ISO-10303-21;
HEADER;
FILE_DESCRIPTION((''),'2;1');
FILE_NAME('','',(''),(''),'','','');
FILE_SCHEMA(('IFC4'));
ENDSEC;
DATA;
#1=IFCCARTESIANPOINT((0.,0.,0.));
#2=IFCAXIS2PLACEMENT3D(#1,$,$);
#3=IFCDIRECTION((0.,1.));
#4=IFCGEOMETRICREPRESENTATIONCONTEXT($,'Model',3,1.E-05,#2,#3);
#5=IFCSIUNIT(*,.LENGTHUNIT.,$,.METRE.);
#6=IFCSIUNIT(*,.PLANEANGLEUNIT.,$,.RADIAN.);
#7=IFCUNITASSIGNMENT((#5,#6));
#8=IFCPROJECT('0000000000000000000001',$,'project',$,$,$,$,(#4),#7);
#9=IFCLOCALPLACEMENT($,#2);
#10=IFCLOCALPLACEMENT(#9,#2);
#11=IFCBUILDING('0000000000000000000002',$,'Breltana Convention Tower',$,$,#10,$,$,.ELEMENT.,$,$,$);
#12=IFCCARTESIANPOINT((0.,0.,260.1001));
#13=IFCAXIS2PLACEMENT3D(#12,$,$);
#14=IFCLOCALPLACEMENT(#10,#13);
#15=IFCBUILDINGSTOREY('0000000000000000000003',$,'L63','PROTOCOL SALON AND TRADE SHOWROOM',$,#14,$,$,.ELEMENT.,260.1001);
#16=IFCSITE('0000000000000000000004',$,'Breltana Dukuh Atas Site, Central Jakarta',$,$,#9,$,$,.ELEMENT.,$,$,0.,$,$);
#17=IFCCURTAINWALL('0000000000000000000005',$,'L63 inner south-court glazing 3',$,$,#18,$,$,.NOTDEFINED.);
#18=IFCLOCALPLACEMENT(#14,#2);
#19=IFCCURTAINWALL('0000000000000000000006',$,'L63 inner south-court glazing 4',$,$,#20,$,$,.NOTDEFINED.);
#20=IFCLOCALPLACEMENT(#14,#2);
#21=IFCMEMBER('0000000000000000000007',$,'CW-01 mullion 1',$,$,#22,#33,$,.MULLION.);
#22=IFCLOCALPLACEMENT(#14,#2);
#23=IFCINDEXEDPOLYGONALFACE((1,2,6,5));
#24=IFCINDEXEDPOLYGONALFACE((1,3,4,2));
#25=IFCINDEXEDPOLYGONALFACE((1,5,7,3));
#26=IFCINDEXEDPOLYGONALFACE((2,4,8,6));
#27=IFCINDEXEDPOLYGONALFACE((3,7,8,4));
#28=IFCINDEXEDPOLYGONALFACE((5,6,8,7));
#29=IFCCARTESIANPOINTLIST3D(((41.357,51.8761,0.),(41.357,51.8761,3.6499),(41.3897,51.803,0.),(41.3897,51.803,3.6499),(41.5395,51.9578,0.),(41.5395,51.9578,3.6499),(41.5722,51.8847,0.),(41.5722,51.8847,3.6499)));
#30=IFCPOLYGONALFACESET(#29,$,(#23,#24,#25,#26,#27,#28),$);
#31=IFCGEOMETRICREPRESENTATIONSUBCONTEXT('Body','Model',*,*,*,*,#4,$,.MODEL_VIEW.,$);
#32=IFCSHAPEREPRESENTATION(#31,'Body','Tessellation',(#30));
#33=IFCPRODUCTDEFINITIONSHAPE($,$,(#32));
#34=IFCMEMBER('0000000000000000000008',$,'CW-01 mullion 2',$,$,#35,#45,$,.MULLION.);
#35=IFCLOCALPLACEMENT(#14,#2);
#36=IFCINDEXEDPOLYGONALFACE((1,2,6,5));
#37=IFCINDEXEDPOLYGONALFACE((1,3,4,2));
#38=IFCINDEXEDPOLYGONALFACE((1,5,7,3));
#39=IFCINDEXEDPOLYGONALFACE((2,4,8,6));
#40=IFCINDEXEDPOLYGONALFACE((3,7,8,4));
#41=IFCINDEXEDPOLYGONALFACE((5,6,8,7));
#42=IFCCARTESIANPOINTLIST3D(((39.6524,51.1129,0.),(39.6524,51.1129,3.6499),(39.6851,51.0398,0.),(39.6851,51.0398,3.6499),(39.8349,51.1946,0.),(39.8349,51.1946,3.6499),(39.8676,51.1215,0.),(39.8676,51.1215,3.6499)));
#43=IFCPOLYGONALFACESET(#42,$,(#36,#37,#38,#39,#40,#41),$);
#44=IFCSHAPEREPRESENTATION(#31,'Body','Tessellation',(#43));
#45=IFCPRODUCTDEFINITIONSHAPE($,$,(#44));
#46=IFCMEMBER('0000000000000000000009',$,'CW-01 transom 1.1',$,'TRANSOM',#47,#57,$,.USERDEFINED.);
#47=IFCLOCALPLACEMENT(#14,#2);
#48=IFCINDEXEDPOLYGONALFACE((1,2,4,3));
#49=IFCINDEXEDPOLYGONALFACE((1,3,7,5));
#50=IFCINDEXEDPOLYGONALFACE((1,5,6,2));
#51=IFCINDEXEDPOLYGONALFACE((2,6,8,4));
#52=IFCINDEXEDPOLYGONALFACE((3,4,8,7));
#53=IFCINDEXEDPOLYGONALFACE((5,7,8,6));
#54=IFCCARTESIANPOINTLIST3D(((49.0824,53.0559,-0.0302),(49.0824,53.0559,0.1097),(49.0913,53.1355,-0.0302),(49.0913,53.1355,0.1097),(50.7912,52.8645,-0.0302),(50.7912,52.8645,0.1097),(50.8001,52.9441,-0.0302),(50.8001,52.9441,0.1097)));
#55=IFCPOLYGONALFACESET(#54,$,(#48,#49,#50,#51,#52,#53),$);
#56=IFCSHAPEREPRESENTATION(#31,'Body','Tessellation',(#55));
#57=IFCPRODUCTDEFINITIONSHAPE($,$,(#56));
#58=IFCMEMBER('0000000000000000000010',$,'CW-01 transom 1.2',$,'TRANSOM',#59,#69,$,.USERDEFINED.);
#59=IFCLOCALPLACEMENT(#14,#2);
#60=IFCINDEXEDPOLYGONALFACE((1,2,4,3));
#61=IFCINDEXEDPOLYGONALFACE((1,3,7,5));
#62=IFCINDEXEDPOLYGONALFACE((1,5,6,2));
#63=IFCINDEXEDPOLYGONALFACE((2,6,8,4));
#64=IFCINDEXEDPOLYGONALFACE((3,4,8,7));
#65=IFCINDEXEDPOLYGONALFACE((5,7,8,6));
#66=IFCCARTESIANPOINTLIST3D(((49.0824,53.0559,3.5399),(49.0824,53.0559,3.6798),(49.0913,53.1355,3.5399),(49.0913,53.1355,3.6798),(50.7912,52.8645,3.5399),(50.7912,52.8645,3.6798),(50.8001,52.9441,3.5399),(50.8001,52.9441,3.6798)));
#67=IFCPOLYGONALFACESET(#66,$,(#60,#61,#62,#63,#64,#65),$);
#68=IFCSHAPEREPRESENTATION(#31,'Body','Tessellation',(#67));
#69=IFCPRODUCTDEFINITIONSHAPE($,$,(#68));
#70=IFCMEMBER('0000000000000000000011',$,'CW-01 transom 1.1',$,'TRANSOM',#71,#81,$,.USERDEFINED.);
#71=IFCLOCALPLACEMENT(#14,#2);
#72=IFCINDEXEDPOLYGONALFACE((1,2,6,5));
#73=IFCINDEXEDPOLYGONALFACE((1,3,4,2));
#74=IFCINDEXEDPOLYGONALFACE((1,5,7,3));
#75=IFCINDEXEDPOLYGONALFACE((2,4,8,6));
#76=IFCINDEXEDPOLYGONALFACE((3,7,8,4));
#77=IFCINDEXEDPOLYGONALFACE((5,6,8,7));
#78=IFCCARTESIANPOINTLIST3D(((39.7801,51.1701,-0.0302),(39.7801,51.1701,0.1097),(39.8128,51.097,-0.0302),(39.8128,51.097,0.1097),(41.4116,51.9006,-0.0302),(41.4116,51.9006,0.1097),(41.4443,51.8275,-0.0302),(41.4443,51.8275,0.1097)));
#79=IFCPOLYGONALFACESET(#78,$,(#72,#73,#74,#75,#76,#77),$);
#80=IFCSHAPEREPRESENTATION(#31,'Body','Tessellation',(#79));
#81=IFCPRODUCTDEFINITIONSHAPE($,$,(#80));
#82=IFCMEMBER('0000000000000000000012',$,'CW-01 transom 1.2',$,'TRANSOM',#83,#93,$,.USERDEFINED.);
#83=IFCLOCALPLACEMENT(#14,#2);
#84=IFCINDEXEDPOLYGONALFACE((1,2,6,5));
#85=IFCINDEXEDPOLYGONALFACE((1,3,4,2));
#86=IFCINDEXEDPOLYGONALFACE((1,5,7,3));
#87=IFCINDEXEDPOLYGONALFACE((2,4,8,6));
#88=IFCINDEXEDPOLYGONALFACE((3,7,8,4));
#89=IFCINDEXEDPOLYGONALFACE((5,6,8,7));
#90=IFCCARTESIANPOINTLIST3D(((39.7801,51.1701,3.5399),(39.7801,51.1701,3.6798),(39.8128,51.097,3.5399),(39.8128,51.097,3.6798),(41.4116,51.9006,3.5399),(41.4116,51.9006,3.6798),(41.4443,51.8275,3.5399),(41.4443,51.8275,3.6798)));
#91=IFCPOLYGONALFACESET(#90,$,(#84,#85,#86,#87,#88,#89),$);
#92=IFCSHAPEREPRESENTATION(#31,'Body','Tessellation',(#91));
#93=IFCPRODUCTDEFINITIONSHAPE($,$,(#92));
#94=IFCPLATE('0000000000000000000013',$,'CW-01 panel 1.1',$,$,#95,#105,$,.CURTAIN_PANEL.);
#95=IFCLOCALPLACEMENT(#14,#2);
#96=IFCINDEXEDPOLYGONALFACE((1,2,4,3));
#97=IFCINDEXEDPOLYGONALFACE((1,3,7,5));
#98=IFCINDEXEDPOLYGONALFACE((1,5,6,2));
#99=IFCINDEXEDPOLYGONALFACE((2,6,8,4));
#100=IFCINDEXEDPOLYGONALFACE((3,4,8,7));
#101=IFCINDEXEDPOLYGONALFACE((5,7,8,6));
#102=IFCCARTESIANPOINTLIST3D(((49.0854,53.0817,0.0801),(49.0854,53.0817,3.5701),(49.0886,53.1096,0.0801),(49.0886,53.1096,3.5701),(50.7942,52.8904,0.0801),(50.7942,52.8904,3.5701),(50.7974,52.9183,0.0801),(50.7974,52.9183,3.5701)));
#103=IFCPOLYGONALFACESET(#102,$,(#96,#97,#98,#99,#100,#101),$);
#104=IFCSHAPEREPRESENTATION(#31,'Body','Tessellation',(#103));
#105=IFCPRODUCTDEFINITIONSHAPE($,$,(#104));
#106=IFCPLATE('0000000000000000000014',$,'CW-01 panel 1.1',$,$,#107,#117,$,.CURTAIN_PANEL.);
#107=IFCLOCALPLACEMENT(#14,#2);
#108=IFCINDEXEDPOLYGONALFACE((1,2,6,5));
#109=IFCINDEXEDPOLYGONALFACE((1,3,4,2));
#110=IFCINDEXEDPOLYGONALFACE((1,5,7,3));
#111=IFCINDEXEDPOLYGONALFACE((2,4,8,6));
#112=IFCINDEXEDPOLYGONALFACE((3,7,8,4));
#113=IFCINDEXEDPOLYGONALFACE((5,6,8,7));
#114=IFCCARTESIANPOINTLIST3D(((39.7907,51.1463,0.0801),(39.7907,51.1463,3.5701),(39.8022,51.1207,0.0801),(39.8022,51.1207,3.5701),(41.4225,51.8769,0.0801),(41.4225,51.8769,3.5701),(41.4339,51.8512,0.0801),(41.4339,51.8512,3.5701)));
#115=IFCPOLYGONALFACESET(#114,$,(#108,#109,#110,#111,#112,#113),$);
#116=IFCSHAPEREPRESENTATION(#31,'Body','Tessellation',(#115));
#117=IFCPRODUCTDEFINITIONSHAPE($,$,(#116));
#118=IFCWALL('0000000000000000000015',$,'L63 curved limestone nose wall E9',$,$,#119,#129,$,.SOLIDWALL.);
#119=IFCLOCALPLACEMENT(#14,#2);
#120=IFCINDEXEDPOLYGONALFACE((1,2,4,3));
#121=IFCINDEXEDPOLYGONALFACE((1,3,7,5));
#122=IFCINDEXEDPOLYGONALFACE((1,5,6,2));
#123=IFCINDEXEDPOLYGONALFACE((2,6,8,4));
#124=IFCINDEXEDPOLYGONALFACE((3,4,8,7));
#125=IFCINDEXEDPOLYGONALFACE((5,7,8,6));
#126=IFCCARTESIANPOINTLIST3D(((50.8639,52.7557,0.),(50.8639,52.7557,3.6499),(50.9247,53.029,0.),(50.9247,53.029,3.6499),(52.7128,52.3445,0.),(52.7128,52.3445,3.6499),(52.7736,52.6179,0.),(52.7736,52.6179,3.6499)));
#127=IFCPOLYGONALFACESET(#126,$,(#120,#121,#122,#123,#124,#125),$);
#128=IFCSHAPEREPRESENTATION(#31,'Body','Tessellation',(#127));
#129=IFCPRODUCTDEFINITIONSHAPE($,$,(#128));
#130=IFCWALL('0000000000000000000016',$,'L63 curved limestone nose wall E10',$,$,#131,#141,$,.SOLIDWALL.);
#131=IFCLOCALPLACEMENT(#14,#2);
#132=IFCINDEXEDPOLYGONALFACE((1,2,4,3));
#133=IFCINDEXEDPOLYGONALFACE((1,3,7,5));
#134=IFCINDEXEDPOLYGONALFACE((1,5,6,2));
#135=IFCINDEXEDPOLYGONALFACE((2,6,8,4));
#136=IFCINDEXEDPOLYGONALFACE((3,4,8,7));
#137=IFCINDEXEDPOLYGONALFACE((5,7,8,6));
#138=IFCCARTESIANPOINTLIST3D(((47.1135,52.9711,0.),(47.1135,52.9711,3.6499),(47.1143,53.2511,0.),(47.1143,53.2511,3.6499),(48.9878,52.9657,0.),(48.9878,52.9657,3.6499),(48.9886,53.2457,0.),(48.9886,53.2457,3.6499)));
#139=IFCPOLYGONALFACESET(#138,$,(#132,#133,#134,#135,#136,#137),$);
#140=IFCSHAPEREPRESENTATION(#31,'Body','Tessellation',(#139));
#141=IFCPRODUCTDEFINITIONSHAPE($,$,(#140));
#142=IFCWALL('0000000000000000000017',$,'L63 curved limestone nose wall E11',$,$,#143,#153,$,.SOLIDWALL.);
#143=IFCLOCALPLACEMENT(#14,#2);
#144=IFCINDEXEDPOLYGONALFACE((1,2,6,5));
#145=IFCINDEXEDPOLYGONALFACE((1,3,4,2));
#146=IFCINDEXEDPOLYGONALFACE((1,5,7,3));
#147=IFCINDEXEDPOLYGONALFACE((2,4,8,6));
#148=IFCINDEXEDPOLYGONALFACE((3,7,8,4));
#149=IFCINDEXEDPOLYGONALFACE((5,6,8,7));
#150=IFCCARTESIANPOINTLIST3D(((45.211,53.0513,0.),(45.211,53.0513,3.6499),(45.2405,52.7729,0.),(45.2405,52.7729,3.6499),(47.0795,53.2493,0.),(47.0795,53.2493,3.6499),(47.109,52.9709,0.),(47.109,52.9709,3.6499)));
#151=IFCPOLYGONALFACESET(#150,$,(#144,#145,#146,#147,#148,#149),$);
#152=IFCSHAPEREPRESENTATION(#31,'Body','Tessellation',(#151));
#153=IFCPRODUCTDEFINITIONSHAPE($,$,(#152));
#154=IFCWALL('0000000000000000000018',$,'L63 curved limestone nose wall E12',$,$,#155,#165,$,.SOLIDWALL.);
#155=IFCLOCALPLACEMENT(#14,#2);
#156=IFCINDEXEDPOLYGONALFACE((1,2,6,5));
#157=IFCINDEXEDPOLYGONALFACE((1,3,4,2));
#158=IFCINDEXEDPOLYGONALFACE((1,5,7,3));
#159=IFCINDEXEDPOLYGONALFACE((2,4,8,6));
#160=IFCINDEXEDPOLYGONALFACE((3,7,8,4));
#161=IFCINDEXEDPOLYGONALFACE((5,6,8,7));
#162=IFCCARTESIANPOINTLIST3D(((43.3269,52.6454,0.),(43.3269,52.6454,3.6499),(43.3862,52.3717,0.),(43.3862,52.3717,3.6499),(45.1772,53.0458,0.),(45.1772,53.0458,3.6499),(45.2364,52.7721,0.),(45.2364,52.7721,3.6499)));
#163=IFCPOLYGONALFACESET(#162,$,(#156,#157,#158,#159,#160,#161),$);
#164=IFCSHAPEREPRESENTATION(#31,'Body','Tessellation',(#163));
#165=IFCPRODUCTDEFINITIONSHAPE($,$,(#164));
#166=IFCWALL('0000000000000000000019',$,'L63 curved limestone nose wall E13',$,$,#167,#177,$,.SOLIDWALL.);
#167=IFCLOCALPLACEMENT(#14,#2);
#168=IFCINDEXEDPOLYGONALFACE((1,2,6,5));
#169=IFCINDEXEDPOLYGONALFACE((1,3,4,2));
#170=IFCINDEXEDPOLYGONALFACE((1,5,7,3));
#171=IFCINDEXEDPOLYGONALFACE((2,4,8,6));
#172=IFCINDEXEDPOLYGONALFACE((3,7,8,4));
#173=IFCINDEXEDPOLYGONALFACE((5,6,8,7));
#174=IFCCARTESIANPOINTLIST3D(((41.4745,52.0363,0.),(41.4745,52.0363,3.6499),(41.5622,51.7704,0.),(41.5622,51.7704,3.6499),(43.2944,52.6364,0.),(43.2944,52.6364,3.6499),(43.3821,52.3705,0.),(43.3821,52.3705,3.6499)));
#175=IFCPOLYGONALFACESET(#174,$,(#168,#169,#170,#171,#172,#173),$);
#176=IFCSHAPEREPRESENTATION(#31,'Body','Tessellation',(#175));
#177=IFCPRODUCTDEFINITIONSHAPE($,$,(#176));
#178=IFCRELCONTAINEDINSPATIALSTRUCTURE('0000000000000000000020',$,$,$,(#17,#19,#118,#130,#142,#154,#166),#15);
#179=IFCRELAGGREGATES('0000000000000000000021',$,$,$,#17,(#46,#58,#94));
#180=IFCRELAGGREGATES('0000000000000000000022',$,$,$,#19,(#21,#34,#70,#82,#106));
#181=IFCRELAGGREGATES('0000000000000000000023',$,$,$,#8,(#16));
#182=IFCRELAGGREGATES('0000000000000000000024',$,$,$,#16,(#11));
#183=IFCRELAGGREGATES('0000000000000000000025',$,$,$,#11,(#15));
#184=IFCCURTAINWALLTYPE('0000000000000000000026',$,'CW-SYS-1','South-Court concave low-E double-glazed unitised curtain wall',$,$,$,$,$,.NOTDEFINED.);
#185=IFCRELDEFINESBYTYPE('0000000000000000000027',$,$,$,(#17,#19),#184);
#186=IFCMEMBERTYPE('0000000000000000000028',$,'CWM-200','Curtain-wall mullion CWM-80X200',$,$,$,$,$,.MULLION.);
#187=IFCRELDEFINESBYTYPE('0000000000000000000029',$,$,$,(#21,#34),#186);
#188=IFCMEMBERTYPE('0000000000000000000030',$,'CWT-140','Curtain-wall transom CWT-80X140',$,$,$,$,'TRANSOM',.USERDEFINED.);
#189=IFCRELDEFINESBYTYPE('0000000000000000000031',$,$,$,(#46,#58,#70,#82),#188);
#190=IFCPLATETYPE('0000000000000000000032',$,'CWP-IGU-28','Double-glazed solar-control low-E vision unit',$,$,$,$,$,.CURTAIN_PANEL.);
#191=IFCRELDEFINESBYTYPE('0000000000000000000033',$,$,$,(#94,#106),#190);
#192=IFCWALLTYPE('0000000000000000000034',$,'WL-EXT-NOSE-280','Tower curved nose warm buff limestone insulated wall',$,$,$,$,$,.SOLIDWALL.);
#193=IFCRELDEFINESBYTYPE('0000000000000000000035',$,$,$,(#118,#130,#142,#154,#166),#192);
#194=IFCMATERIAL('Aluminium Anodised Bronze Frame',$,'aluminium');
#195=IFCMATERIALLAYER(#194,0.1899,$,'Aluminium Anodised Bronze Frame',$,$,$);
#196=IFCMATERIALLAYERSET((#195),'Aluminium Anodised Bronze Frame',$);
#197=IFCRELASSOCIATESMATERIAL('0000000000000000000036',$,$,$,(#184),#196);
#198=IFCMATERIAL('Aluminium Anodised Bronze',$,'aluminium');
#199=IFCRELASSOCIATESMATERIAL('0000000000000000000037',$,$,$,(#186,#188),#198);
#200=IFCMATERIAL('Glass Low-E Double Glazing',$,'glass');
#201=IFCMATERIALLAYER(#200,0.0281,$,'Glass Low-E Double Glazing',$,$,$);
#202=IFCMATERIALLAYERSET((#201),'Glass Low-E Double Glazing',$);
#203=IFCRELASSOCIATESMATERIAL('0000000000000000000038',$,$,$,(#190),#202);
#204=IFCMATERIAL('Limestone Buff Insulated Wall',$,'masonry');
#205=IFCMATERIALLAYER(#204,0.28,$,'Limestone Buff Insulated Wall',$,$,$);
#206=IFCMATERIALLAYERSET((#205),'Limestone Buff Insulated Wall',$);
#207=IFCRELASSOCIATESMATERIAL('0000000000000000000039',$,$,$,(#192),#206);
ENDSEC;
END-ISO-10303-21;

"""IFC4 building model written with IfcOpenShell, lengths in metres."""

from ifc_helpers import new_model, si_unit, direction, frame, frame_2d, origin, origin_2d, place, context, subcontext, project, spatial, rectangle, extrude, source, transform, mapped, material, layer, layer_set, material_profile, profile_set, type_object, element, aggregate, save


model = new_model("IFC4")

# Units and contexts
model_context = context("Model", 3, precision=1e-05, world=origin(), true_north=direction((0.0, 1.0)))
body_context = subcontext(model_context, "Body", "Model", "MODEL_VIEW")
ifc_project = project(units=[si_unit("LENGTHUNIT", "METRE"), si_unit("PLANEANGLEUNIT", "RADIAN")], contexts=[model_context])

# Site, building, storey
site_placement = place(None, origin())
site = spatial("IfcSite", under=ifc_project, at=site_placement, Name="Breltana Dukuh Atas Site, Central Jakarta", CompositionType="ELEMENT", RefElevation=0.0)
building_placement = place(site_placement, origin())
building = spatial("IfcBuilding", under=site, at=building_placement, Name="Breltana Convention Tower", CompositionType="ELEMENT")
storey_placement = place(building_placement, frame((0.0, 0.0, 260.1001)))
storey = spatial("IfcBuildingStorey", under=building, at=storey_placement, Name="L63", Description="PROTOCOL SALON AND TRADE SHOWROOM", CompositionType="ELEMENT", Elevation=260.1001)

# Curtain walls, members
ifc_material_1 = material(Name="Aluminium Anodised Bronze Frame", Category="aluminium")
ifc_layer_1 = layer(ifc_material_1, 0.1899, Name="Aluminium Anodised Bronze Frame")
ifc_layer_set_1 = layer_set([ifc_layer_1], Name="Aluminium Anodised Bronze Frame")
curtain_wall_type = type_object("IfcCurtainWallType", Name="CW-SYS-1", Description="South-Court concave low-E double-glazed unitised curtain wall", PredefinedType="NOTDEFINED", material=ifc_layer_set_1)
curtain_wall_1_placement = place(storey_placement, origin())
curtain_wall_1 = element("IfcCurtainWall", 1, at=curtain_wall_1_placement, inside=storey, type_object=curtain_wall_type, Name="L63 inner south-court glazing 3", PredefinedType="NOTDEFINED")
ifc_material_2 = material(Name="Aluminium Anodised Bronze", Category="aluminium")
ifc_material_profile_1 = material_profile(ifc_material_2, rectangle(XDim=0.0801, YDim=0.2, at=origin_2d()), Name="CWM-80X200")
ifc_profile_set_1 = profile_set([ifc_material_profile_1], Name="Aluminium Anodised Bronze")
member_type_1 = type_object("IfcMemberType", Name="CWM-200", Description="Curtain-wall mullion CWM-80X200", PredefinedType="MULLION", material=ifc_profile_set_1)
shared_shape_1 = source(origin(), body_context, "Body", "SweptSolid", [
    extrude(rectangle(XDim=0.0801, YDim=0.2, at=origin_2d()), origin(), (0.0, 0.0, 1.0), 3.6499),
])
curtain_wall_2_placement = place(storey_placement, origin())
curtain_wall_2 = element("IfcCurtainWall", 2, at=curtain_wall_2_placement, inside=storey, type_object=curtain_wall_type, Name="L63 inner south-court glazing 4", PredefinedType="NOTDEFINED")
member_1_placement = place(storey_placement, frame((41.4646, 51.8804, 0.0), z_axis=(0.0, 0.0, 1.0), x_axis=(0.408628, -0.912701, 0.0)))
member_1 = element("IfcMember", 3, at=member_1_placement, type_object=member_type_1, Name="CW-01 mullion 1", PredefinedType="MULLION", context=body_context, shape_type="MappedRepresentation", body=[
    mapped(shared_shape_1, transform((0.0, 0.0, 0.0), scale=1.0)),
])
member_2_placement = place(storey_placement, frame((39.76, 51.1172, 0.0), z_axis=(0.0, 0.0, 1.0), x_axis=(0.408628, -0.912701, 0.0)))
member_2 = element("IfcMember", 4, at=member_2_placement, type_object=member_type_1, Name="CW-01 mullion 2", PredefinedType="MULLION", context=body_context, shape_type="MappedRepresentation", body=[
    mapped(shared_shape_1, transform((0.0, 0.0, 0.0), scale=1.0)),
])

# Members
ifc_material_profile_2 = material_profile(ifc_material_2, rectangle(XDim=0.0801, YDim=0.1399, at=origin_2d()), Name="CWT-80X140")
ifc_profile_set_2 = profile_set([ifc_material_profile_2], Name="Aluminium Anodised Bronze")
member_type_2 = type_object("IfcMemberType", Name="CWT-140", Description="Curtain-wall transom CWT-80X140", ElementType="TRANSOM", PredefinedType="USERDEFINED", material=ifc_profile_set_2)
shared_shape_2 = source(origin(), body_context, "Body", "SweptSolid", [
    extrude(rectangle(XDim=0.0801, YDim=0.1399, at=origin_2d()), origin(), (0.0, 0.0, 1.0), 1.7195),
])
member_3_placement = place(storey_placement, frame((50.7957, 52.9043, 0.0398), z_axis=(-0.993785, 0.11132, 0.0), x_axis=(-0.11132, -0.993785, 0.0)))
member_3 = element("IfcMember", 5, at=member_3_placement, type_object=member_type_2, Name="CW-01 transom 1.1", ObjectType="TRANSOM", PredefinedType="USERDEFINED", context=body_context, shape_type="MappedRepresentation", body=[
    mapped(shared_shape_2, transform((0.0, 0.0, 0.0), scale=1.0)),
])
member_4_placement = place(storey_placement, frame((50.7957, 52.9043, 3.6099), z_axis=(-0.993785, 0.11132, 0.0), x_axis=(-0.11132, -0.993785, 0.0)))
member_4 = element("IfcMember", 6, at=member_4_placement, type_object=member_type_2, Name="CW-01 transom 1.2", ObjectType="TRANSOM", PredefinedType="USERDEFINED", context=body_context, shape_type="MappedRepresentation", body=[
    mapped(shared_shape_2, transform((0.0, 0.0, 0.0), scale=1.0)),
])
shared_shape_3 = source(origin(), body_context, "Body", "SweptSolid", [
    extrude(rectangle(XDim=0.0801, YDim=0.1399, at=origin_2d()), origin(), (0.0, 0.0, 1.0), 1.7876),
])
member_5_placement = place(storey_placement, frame((41.428, 51.864, 0.0398), z_axis=(-0.912704, -0.408621, 0.0), x_axis=(0.408621, -0.912704, 0.0)))
member_5 = element("IfcMember", 7, at=member_5_placement, type_object=member_type_2, Name="CW-01 transom 1.1", ObjectType="TRANSOM", PredefinedType="USERDEFINED", context=body_context, shape_type="MappedRepresentation", body=[
    mapped(shared_shape_3, transform((0.0, 0.0, 0.0), scale=1.0)),
])
member_6_placement = place(storey_placement, frame((41.428, 51.864, 3.6099), z_axis=(-0.912704, -0.408621, 0.0), x_axis=(0.408621, -0.912704, 0.0)))
member_6 = element("IfcMember", 8, at=member_6_placement, type_object=member_type_2, Name="CW-01 transom 1.2", ObjectType="TRANSOM", PredefinedType="USERDEFINED", context=body_context, shape_type="MappedRepresentation", body=[
    mapped(shared_shape_3, transform((0.0, 0.0, 0.0), scale=1.0)),
])

# Plates
ifc_material_3 = material(Name="Glass Low-E Double Glazing", Category="glass")
ifc_layer_2 = layer(ifc_material_3, 0.0281, Name="Glass Low-E Double Glazing")
ifc_layer_set_2 = layer_set([ifc_layer_2], Name="Glass Low-E Double Glazing")
plate_type = type_object("IfcPlateType", Name="CWP-IGU-28", Description="Double-glazed solar-control low-E vision unit", PredefinedType="CURTAIN_PANEL", material=ifc_layer_set_2)
shared_shape_4 = source(origin(), body_context, "Body", "SweptSolid", [
    extrude(rectangle(XDim=1.7195, YDim=0.0281, at=origin_2d()), origin(), (0.0, 0.0, 1.0), 3.49),
])
plate_1_placement = place(storey_placement, frame((49.9414, 53.0, 0.0801), z_axis=(0.0, 0.0, 1.0), x_axis=(-0.993791, 0.111261, 0.0)))
plate_1 = element("IfcPlate", 9, at=plate_1_placement, type_object=plate_type, Name="CW-01 panel 1.1", PredefinedType="CURTAIN_PANEL", context=body_context, shape_type="MappedRepresentation", body=[
    mapped(shared_shape_4, transform((0.0, 0.0, 0.0), scale=1.0)),
])
aggregate(curtain_wall_1, [member_3, member_4, plate_1])
shared_shape_5 = source(origin(), body_context, "Body", "SweptSolid", [
    extrude(rectangle(XDim=1.7878, YDim=0.0281, at=origin_2d()), origin(), (0.0, 0.0, 1.0), 3.49),
])
plate_2_placement = place(storey_placement, frame((40.6123, 51.4988, 0.0801), z_axis=(0.0, 0.0, 1.0), x_axis=(-0.912701, -0.408628, 0.0)))
plate_2 = element("IfcPlate", 10, at=plate_2_placement, type_object=plate_type, Name="CW-01 panel 1.1", PredefinedType="CURTAIN_PANEL", context=body_context, shape_type="MappedRepresentation", body=[
    mapped(shared_shape_5, transform((0.0, 0.0, 0.0), scale=1.0)),
])
aggregate(curtain_wall_2, [member_1, member_2, member_5, member_6, plate_2])

# Walls
ifc_material_4 = material(Name="Limestone Buff Insulated Wall", Category="masonry")
ifc_layer_3 = layer(ifc_material_4, 0.28, Name="Limestone Buff Insulated Wall")
ifc_layer_set_3 = layer_set([ifc_layer_3], Name="Limestone Buff Insulated Wall")
wall_type_1 = type_object("IfcWallType", Name="WL-EXT-NOSE-280", Description="Tower curved nose warm buff limestone insulated wall", PredefinedType="SOLIDWALL", material=ifc_layer_set_3)
shared_shape_6 = source(origin(), body_context, "Body", "SweptSolid", [
    extrude(rectangle(XDim=1.894, YDim=0.28, at=frame_2d((0.947, 0.0))), origin(), (0.0, 0.0, 1.0), 3.6499),
])
wall_1_placement = place(storey_placement, frame((52.7432, 52.4812, 0.0), z_axis=(0.0, 0.0, 1.0), x_axis=(-0.976157, 0.217067, 0.0)))
element("IfcWall", 11, at=wall_1_placement, inside=storey, type_object=wall_type_1, Name="L63 curved limestone nose wall E9", PredefinedType="SOLIDWALL", context=body_context, shape_type="MappedRepresentation", body=[
    mapped(shared_shape_6, transform((0.0, 0.0, 0.0), scale=1.0)),
])
shared_shape_7 = source(origin(), body_context, "Body", "SweptSolid", [
    extrude(rectangle(XDim=1.8743, YDim=0.28, at=frame_2d((0.937, 0.0))), origin(), (0.0, 0.0, 1.0), 3.6499),
])
wall_2_placement = place(storey_placement, frame((48.988, 53.1057, 0.0), z_axis=(0.0, 0.0, 1.0), x_axis=(-0.999996, 0.002866, 0.0)))
element("IfcWall", 12, at=wall_2_placement, inside=storey, type_object=wall_type_1, Name="L63 curved limestone nose wall E10", PredefinedType="SOLIDWALL", context=body_context, shape_type="MappedRepresentation", body=[
    mapped(shared_shape_7, transform((0.0, 0.0, 0.0), scale=1.0)),
])
shared_shape_8 = source(origin(), body_context, "Body", "SweptSolid", [
    extrude(rectangle(XDim=1.8789, YDim=0.28, at=frame_2d((0.9395, 0.0))), origin(), (0.0, 0.0, 1.0), 3.6499),
])
wall_3_placement = place(storey_placement, frame((47.0942, 53.1101, 0.0), z_axis=(0.0, 0.0, 1.0), x_axis=(-0.994432, -0.105381, 0.0)))
element("IfcWall", 13, at=wall_3_placement, inside=storey, type_object=wall_type_1, Name="L63 curved limestone nose wall E11", PredefinedType="SOLIDWALL", context=body_context, shape_type="MappedRepresentation", body=[
    mapped(shared_shape_8, transform((0.0, 0.0, 0.0), scale=1.0)),
])
shared_shape_9 = source(origin(), body_context, "Body", "SweptSolid", [
    extrude(rectangle(XDim=1.8931, YDim=0.28, at=frame_2d((0.9465, 0.0))), origin(), (0.0, 0.0, 1.0), 3.6499),
])
wall_4_placement = place(storey_placement, frame((45.2068, 52.9089, 0.0), z_axis=(0.0, 0.0, 1.0), x_axis=(-0.97738, -0.211493, 0.0)))
element("IfcWall", 14, at=wall_4_placement, inside=storey, type_object=wall_type_1, Name="L63 curved limestone nose wall E12", PredefinedType="SOLIDWALL", context=body_context, shape_type="MappedRepresentation", body=[
    mapped(shared_shape_9, transform((0.0, 0.0, 0.0), scale=1.0)),
])
shared_shape_10 = source(origin(), body_context, "Body", "SweptSolid", [
    extrude(rectangle(XDim=1.9163, YDim=0.28, at=frame_2d((0.958, 0.0))), origin(), (0.0, 0.0, 1.0), 3.6499),
])
wall_5_placement = place(storey_placement, frame((43.3381, 52.5034, 0.0), z_axis=(0.0, 0.0, 1.0), x_axis=(-0.949698, -0.313168, 0.0)))
element("IfcWall", 15, at=wall_5_placement, inside=storey, type_object=wall_type_1, Name="L63 curved limestone nose wall E13", PredefinedType="SOLIDWALL", context=body_context, shape_type="MappedRepresentation", body=[
    mapped(shared_shape_10, transform((0.0, 0.0, 0.0), scale=1.0)),
])

save(model, "model.ifc")
